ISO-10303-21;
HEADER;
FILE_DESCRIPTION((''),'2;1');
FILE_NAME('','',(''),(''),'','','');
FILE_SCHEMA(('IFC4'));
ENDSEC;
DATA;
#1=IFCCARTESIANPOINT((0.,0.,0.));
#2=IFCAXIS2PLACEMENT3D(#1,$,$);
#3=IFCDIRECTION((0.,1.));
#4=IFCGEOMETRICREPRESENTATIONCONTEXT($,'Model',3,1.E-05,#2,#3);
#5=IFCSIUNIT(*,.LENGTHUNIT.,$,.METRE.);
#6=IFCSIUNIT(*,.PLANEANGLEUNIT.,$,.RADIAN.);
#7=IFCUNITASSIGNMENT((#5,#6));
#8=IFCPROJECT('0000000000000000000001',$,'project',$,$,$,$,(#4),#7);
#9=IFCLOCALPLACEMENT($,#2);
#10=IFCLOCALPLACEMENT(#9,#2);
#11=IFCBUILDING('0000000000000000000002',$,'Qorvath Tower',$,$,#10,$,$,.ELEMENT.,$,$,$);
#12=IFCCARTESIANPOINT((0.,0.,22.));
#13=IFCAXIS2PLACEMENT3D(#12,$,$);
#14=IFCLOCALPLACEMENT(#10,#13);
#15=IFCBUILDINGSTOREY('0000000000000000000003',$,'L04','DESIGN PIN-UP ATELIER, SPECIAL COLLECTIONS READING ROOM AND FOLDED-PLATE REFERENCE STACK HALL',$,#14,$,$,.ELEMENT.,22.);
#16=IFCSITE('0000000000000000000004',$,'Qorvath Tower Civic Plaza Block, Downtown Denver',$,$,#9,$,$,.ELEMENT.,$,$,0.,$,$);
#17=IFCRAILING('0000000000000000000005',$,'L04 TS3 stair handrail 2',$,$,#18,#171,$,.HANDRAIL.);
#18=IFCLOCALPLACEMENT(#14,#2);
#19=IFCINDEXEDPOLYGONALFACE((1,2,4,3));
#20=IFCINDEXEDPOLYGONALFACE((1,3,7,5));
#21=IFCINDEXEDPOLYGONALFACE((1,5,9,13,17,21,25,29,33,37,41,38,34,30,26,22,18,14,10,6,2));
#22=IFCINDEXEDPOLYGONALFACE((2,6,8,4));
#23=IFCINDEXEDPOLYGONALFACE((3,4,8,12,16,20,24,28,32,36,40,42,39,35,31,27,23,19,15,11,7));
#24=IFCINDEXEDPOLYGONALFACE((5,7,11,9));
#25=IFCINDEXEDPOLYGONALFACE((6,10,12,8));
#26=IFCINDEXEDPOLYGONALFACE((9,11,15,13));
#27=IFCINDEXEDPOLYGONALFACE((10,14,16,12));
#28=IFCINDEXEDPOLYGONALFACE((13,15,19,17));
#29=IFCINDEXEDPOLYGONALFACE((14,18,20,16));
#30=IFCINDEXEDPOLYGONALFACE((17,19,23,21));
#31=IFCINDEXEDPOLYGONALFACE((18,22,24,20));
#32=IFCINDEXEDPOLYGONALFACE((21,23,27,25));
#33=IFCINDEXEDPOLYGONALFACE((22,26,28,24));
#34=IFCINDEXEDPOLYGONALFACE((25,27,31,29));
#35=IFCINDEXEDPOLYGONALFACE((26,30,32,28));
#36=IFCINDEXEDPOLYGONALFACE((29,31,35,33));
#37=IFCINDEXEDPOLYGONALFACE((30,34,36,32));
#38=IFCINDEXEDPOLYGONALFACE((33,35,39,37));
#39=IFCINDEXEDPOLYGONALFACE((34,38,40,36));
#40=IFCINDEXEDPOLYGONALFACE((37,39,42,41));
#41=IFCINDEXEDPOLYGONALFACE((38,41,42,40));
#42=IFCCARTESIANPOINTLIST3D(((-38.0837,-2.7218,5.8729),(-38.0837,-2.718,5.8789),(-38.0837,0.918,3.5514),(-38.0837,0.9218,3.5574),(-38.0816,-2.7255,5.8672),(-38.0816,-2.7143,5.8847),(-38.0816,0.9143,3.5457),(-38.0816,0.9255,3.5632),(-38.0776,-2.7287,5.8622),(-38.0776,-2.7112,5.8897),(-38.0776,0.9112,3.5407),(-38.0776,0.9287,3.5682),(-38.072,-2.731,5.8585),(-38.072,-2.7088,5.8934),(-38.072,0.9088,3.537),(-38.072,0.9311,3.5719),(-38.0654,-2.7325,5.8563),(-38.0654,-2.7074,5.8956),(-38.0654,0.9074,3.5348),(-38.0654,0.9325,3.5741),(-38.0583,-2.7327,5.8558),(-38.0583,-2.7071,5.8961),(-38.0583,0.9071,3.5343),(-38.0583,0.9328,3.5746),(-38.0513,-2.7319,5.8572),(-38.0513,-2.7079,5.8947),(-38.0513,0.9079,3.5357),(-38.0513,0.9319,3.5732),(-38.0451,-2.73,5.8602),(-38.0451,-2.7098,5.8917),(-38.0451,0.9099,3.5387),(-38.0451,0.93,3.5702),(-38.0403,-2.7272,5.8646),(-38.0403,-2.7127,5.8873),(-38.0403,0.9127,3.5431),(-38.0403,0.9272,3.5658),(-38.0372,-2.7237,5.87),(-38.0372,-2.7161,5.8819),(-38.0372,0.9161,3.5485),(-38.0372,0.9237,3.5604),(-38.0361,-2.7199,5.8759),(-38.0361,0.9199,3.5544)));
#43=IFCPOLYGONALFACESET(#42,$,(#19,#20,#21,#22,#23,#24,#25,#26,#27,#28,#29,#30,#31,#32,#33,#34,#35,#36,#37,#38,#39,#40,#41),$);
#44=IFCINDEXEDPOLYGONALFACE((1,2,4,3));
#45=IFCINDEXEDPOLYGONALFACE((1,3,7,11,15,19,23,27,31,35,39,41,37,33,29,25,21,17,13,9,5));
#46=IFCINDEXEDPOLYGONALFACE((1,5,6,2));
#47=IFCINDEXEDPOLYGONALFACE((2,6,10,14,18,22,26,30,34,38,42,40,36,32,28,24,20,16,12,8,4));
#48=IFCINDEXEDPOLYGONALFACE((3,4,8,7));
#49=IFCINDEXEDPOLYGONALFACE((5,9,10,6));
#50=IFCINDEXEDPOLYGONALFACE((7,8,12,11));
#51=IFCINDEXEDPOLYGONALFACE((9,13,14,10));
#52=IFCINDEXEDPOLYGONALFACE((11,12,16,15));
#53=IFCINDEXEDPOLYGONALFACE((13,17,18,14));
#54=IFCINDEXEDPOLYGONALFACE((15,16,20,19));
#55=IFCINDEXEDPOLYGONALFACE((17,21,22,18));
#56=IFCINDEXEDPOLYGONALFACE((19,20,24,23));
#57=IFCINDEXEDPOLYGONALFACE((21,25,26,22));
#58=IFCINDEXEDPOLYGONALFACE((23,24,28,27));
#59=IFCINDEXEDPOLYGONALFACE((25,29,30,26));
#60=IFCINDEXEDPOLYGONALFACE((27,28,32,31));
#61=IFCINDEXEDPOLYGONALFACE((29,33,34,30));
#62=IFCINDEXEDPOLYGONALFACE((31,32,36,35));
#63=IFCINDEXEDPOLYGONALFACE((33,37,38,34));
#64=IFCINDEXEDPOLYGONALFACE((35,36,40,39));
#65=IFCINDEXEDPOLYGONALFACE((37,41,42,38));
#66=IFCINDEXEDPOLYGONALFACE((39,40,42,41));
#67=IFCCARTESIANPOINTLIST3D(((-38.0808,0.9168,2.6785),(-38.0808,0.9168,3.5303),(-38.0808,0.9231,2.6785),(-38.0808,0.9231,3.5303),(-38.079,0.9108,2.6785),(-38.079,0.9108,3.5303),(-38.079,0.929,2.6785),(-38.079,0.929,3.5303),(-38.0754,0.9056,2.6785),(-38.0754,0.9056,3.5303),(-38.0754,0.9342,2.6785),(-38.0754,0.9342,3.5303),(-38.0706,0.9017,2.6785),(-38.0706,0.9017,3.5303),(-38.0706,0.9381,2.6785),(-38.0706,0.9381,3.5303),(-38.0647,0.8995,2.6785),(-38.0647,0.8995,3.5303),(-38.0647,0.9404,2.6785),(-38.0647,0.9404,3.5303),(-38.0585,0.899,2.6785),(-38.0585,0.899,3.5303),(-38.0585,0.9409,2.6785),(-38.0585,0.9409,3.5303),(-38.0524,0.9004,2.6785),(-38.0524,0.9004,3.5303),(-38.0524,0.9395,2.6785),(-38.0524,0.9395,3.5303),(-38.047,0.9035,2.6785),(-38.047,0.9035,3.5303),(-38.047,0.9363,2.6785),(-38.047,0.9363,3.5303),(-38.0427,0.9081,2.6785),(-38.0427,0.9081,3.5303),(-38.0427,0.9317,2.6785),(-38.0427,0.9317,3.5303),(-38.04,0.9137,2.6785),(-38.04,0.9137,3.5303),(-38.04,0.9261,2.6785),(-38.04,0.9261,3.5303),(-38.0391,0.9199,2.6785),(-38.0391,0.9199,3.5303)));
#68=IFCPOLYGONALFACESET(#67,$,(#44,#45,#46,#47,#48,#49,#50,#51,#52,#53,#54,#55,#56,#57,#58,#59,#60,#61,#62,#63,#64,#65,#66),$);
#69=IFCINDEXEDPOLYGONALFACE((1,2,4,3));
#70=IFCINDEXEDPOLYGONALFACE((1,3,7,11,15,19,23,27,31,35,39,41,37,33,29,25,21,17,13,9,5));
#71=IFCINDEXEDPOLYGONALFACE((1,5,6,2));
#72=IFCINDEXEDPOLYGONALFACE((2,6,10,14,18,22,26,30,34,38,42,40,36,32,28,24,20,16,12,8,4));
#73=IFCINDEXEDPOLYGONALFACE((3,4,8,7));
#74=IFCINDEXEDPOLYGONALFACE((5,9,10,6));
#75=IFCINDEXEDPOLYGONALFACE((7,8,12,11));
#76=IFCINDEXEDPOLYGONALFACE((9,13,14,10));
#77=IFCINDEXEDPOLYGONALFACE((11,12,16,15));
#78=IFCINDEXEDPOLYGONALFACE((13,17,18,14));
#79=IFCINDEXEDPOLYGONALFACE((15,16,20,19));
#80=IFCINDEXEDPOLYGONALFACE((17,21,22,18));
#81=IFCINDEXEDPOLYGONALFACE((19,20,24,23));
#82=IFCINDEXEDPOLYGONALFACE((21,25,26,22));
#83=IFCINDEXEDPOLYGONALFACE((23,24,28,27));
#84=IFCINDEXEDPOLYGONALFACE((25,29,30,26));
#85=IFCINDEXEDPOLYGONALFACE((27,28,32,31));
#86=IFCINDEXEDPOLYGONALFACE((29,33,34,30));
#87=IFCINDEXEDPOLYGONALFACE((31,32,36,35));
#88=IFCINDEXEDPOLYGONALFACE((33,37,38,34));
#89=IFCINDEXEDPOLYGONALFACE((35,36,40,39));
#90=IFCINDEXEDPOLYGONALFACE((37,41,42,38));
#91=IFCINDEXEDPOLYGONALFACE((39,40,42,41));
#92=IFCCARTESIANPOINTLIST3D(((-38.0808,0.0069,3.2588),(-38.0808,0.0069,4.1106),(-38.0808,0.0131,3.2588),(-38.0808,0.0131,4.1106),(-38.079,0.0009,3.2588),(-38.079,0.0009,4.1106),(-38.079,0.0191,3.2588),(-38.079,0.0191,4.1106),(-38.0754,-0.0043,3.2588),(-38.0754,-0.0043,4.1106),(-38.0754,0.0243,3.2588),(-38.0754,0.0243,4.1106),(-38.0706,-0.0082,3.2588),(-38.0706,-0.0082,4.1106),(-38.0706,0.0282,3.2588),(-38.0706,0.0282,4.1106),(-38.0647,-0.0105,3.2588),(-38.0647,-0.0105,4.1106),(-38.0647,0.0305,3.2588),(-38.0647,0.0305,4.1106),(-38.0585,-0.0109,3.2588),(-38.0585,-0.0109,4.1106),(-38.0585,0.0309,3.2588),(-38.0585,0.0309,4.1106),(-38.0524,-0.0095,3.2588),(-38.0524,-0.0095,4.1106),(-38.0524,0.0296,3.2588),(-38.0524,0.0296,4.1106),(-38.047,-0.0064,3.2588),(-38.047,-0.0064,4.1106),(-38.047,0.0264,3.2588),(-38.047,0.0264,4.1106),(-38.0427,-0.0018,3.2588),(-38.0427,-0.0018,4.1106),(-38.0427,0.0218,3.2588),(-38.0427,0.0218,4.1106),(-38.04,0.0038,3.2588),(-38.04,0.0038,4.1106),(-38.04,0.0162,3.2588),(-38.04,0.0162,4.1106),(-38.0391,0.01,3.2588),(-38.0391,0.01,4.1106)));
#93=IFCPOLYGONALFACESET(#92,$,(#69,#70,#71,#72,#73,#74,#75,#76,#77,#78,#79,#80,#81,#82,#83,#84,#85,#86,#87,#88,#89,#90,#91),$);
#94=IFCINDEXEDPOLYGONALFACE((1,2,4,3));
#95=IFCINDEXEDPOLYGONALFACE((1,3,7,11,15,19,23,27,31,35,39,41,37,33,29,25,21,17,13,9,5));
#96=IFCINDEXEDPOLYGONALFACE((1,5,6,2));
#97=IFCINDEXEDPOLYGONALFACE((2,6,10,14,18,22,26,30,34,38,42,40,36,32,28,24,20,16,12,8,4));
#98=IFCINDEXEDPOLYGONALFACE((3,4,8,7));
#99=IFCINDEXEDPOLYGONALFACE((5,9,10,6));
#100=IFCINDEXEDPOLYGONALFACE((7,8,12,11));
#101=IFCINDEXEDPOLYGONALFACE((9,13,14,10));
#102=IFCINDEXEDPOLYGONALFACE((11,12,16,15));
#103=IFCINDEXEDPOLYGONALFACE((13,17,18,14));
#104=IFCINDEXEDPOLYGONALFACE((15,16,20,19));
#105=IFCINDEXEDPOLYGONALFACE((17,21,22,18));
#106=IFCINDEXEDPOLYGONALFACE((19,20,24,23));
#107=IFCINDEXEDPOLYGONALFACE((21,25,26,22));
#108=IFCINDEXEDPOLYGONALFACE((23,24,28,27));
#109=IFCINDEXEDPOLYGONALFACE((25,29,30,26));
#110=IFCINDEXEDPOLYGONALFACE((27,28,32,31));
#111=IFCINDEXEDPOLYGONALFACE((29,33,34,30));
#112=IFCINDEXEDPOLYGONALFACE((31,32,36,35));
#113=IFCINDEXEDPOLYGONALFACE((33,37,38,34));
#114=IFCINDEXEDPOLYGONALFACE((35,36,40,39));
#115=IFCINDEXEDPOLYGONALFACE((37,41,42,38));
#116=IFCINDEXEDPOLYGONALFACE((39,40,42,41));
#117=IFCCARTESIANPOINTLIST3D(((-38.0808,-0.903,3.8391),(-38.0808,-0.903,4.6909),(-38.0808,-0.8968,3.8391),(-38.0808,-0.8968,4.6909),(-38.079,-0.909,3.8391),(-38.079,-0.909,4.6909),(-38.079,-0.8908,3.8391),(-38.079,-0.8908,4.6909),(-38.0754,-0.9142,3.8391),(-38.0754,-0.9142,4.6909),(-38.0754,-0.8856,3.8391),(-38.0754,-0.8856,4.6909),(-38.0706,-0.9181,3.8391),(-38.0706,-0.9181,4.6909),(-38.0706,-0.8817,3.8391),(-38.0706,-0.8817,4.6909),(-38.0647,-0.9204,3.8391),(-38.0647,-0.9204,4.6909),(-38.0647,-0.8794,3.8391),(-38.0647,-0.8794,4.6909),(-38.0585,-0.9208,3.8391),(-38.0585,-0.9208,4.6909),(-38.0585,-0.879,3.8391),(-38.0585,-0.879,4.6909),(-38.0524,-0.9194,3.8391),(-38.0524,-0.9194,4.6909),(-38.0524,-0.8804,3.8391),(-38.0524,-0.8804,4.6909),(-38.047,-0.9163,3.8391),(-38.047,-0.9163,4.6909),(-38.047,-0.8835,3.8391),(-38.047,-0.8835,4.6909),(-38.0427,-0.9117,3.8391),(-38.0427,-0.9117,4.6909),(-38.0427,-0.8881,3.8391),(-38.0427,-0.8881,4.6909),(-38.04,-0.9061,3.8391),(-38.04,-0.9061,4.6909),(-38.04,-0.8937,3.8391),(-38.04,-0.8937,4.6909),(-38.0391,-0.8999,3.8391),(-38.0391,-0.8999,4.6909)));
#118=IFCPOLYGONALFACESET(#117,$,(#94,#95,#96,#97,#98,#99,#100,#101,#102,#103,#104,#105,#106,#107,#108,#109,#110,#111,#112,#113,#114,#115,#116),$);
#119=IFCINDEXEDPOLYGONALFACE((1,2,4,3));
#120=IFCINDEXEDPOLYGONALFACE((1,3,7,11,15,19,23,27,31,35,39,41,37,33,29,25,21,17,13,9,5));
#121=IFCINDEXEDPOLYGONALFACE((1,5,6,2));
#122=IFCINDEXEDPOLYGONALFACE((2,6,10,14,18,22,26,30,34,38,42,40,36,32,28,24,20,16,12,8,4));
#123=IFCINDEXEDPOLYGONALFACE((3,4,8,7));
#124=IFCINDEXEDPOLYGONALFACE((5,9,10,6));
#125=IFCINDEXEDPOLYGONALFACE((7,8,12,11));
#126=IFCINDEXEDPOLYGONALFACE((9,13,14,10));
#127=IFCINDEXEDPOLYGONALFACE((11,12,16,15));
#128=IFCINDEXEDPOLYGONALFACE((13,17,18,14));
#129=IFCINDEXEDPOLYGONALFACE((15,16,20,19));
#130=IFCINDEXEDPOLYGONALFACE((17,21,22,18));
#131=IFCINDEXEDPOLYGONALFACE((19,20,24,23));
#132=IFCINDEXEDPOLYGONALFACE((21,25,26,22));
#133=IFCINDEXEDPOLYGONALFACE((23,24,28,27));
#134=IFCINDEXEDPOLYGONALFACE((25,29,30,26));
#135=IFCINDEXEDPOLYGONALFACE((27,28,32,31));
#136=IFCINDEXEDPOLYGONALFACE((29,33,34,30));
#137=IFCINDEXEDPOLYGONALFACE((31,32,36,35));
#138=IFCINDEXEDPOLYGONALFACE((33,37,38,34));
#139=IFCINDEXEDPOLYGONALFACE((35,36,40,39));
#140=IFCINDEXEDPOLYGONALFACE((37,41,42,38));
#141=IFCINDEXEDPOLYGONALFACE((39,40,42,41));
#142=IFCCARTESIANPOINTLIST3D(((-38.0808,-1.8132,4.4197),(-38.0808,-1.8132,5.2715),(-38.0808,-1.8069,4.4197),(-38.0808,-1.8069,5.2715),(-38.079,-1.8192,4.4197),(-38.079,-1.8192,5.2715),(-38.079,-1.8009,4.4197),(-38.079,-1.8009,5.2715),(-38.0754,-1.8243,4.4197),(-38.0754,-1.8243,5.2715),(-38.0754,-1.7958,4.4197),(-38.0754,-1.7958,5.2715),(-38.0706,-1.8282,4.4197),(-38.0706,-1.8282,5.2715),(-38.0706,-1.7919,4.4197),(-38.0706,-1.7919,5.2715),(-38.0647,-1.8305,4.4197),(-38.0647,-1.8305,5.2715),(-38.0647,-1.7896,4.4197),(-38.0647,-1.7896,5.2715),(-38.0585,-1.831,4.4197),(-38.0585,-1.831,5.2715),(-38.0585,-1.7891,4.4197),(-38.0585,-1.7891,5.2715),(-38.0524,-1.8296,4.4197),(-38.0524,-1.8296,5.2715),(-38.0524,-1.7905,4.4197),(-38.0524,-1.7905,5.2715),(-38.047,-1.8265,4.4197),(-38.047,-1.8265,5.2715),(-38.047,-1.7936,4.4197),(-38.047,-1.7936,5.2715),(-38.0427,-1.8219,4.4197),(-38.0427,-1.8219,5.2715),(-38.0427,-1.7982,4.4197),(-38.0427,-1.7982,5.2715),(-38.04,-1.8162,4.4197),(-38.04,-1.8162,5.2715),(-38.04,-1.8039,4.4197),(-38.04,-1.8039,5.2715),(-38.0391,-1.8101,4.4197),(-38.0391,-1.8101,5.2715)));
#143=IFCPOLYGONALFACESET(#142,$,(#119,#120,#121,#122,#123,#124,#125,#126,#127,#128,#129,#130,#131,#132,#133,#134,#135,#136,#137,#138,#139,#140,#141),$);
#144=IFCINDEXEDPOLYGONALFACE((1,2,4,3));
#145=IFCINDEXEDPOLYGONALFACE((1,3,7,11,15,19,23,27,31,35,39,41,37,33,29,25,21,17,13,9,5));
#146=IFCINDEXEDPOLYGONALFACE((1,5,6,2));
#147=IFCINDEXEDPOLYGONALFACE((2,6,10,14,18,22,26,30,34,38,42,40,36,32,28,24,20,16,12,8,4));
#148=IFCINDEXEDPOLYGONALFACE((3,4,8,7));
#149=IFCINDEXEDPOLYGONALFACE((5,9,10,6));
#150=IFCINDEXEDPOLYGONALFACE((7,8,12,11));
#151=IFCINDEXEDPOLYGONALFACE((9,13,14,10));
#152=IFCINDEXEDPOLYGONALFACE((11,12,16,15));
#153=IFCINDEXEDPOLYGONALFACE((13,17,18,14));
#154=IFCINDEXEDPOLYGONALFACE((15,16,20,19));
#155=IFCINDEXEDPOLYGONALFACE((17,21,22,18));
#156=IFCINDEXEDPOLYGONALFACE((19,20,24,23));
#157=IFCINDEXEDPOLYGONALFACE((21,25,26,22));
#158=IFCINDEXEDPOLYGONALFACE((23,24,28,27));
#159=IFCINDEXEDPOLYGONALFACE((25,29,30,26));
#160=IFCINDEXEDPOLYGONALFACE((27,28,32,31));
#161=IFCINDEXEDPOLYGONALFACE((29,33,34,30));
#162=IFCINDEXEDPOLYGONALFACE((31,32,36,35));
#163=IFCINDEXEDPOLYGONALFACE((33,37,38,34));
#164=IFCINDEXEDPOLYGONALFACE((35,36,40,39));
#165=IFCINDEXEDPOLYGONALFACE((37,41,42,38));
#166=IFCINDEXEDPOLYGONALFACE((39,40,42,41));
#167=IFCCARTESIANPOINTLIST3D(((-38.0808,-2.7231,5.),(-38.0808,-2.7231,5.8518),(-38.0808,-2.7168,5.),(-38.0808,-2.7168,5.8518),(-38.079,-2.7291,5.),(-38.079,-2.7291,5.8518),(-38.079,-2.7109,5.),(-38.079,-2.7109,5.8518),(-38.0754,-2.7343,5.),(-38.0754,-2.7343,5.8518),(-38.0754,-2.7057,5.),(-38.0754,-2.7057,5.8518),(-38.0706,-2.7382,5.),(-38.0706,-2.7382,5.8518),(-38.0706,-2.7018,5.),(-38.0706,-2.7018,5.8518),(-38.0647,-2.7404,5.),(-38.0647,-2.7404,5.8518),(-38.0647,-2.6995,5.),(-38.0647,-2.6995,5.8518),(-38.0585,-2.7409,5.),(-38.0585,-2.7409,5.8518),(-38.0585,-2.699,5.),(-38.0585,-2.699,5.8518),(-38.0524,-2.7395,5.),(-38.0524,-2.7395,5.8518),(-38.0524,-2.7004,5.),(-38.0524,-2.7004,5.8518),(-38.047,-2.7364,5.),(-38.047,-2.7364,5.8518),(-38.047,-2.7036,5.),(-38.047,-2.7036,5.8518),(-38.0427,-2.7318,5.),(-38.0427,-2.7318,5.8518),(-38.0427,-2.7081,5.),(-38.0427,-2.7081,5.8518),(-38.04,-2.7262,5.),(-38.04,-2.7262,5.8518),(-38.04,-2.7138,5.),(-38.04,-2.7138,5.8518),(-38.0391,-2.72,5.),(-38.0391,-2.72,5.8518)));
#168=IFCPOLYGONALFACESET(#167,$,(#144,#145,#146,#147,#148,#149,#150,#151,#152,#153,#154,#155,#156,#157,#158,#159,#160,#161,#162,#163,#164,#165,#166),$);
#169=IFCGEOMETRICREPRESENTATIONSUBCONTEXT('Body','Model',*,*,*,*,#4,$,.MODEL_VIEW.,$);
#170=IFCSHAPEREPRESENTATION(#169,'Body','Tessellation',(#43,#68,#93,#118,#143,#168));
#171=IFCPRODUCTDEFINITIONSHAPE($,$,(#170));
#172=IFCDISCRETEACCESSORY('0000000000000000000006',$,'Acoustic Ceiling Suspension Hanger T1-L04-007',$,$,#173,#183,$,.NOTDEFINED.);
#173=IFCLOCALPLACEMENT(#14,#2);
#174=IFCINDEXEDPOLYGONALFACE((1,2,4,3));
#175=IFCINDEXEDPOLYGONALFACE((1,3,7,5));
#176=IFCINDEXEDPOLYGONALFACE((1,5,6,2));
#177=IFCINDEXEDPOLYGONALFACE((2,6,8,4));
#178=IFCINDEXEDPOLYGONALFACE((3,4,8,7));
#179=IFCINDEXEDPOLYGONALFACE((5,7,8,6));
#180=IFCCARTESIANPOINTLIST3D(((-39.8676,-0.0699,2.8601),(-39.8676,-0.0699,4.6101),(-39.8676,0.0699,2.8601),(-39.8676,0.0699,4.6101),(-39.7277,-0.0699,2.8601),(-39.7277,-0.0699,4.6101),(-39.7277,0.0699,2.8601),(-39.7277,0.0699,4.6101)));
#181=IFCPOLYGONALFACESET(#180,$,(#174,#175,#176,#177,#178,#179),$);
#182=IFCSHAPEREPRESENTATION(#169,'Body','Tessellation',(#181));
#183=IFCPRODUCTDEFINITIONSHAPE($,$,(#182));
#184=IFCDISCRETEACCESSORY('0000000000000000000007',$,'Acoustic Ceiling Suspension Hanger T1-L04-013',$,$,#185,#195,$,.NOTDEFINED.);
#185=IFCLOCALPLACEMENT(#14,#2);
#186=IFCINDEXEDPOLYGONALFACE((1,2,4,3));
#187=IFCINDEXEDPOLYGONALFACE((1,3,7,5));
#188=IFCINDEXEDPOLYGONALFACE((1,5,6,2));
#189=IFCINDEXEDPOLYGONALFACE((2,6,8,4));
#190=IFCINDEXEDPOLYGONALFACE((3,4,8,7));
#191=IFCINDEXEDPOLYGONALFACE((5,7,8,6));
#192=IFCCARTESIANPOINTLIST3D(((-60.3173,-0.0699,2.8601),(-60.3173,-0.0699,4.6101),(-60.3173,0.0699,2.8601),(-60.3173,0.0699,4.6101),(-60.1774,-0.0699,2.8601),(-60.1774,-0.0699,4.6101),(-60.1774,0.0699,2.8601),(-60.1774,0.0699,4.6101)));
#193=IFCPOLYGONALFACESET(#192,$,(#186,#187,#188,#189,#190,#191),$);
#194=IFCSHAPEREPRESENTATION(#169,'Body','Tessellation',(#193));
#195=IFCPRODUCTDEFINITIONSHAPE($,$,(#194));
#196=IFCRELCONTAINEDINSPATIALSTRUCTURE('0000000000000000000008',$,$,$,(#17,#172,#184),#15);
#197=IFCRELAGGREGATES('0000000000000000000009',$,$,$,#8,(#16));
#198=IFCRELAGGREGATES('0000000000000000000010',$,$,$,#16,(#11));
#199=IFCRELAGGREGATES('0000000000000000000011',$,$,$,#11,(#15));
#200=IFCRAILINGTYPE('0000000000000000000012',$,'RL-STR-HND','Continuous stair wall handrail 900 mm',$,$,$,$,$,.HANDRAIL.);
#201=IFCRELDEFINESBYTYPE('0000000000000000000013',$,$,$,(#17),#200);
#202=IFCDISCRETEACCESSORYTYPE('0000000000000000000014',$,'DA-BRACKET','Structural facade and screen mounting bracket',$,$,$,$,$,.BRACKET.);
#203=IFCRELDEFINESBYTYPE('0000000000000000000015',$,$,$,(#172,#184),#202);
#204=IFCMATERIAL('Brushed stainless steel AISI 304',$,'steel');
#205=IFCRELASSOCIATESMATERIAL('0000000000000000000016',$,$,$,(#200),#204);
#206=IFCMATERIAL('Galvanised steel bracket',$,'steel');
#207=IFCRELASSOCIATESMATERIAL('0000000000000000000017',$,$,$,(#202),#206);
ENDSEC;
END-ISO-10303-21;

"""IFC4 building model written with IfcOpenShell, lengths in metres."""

from ifc_helpers import new_model, si_unit, direction, frame, origin, origin_2d, place, context, subcontext, project, spatial, rectangle, circle, extrude, material, type_object, element, save


model = new_model("IFC4")

# Units and contexts
model_context = context("Model", 3, precision=1e-05, world=origin(), true_north=direction((0.0, 1.0)))
body_context = subcontext(model_context, "Body", "Model", "MODEL_VIEW")
ifc_project = project(units=[si_unit("LENGTHUNIT", "METRE"), si_unit("PLANEANGLEUNIT", "RADIAN")], contexts=[model_context])

# Site, building, storey
site_placement = place(None, origin())
site = spatial("IfcSite", under=ifc_project, at=site_placement, Name="Qorvath Tower Civic Plaza Block, Downtown Denver", CompositionType="ELEMENT", RefElevation=0.0)
building_placement = place(site_placement, origin())
building = spatial("IfcBuilding", under=site, at=building_placement, Name="Qorvath Tower", CompositionType="ELEMENT")
storey_placement = place(building_placement, frame((0.0, 0.0, 22.0)))
storey = spatial("IfcBuildingStorey", under=building, at=storey_placement, Name="L04", Description="DESIGN PIN-UP ATELIER, SPECIAL COLLECTIONS READING ROOM AND FOLDED-PLATE REFERENCE STACK HALL", CompositionType="ELEMENT", Elevation=22.0)

# Railing
ifc_material_1 = material(Name="Brushed stainless steel AISI 304", Category="steel")
railing_type_1 = type_object("IfcRailingType", Name="RL-STR-HND", Description="Continuous stair wall handrail 900 mm", PredefinedType="HANDRAIL", material=ifc_material_1)
railing_1_placement = place(storey_placement, frame((-38.0601, 0.9199, 2.6785)))
element("IfcRailing", 1, at=railing_1_placement, inside=storey, type_object=railing_type_1, Name="L04 TS3 stair handrail 2", PredefinedType="HANDRAIL", context=body_context, shape_type="SweptSolid", body=[
    extrude(circle(Radius=0.0239, at=origin_2d()), frame((0.0, 0.0, 0.876), z_axis=(0.0, -0.843112, 0.537739), x_axis=(1.0, 0.0, 0.0)), (0.0, 0.0, 1.0), 4.3171),
    extrude(circle(Radius=0.021, at=origin_2d()), origin(), (0.0, 0.0, 1.0), 0.8518),
    extrude(circle(Radius=0.021, at=origin_2d()), frame((0.0, -0.9099, 0.5803)), (0.0, 0.0, 1.0), 0.8518),
    extrude(circle(Radius=0.021, at=origin_2d()), frame((0.0, -1.8198, 1.1606)), (0.0, 0.0, 1.0), 0.8518),
    extrude(circle(Radius=0.021, at=origin_2d()), frame((0.0, -2.73, 1.7412)), (0.0, 0.0, 1.0), 0.8518),
    extrude(circle(Radius=0.021, at=origin_2d()), frame((0.0, -3.6399, 2.3215)), (0.0, 0.0, 1.0), 0.8518),
])

# Discrete accessories
ifc_material_2 = material(Name="Galvanised steel bracket", Category="steel")
discrete_accessory_type = type_object("IfcDiscreteAccessoryType", Name="DA-BRACKET", Description="Structural facade and screen mounting bracket", PredefinedType="BRACKET", material=ifc_material_2)
for number, where, z_axis, x_axis, name in (
    (2, (-39.7976, 0.0, 2.8601), (0.0, 0.0, 1.0), (1.0, 0.0, 0.0), "Acoustic Ceiling Suspension Hanger T1-L04-007"),
    (3, (-60.2473, 0.0, 2.8601), (0.0, 0.0, 1.0), (1.0, 0.0, 0.0), "Acoustic Ceiling Suspension Hanger T1-L04-013"),
):
    element("IfcDiscreteAccessory", number, at=place(storey_placement, frame(where, z_axis=z_axis, x_axis=x_axis)), inside=storey, type_object=discrete_accessory_type, Name=name, PredefinedType="NOTDEFINED", context=body_context, shape_type="SweptSolid", body=[
        extrude(rectangle(XDim=0.1399, YDim=0.1399, at=origin_2d()), origin(), (0.0, 0.0, 1.0), 1.75),
    ])

save(model, "model.ifc")
